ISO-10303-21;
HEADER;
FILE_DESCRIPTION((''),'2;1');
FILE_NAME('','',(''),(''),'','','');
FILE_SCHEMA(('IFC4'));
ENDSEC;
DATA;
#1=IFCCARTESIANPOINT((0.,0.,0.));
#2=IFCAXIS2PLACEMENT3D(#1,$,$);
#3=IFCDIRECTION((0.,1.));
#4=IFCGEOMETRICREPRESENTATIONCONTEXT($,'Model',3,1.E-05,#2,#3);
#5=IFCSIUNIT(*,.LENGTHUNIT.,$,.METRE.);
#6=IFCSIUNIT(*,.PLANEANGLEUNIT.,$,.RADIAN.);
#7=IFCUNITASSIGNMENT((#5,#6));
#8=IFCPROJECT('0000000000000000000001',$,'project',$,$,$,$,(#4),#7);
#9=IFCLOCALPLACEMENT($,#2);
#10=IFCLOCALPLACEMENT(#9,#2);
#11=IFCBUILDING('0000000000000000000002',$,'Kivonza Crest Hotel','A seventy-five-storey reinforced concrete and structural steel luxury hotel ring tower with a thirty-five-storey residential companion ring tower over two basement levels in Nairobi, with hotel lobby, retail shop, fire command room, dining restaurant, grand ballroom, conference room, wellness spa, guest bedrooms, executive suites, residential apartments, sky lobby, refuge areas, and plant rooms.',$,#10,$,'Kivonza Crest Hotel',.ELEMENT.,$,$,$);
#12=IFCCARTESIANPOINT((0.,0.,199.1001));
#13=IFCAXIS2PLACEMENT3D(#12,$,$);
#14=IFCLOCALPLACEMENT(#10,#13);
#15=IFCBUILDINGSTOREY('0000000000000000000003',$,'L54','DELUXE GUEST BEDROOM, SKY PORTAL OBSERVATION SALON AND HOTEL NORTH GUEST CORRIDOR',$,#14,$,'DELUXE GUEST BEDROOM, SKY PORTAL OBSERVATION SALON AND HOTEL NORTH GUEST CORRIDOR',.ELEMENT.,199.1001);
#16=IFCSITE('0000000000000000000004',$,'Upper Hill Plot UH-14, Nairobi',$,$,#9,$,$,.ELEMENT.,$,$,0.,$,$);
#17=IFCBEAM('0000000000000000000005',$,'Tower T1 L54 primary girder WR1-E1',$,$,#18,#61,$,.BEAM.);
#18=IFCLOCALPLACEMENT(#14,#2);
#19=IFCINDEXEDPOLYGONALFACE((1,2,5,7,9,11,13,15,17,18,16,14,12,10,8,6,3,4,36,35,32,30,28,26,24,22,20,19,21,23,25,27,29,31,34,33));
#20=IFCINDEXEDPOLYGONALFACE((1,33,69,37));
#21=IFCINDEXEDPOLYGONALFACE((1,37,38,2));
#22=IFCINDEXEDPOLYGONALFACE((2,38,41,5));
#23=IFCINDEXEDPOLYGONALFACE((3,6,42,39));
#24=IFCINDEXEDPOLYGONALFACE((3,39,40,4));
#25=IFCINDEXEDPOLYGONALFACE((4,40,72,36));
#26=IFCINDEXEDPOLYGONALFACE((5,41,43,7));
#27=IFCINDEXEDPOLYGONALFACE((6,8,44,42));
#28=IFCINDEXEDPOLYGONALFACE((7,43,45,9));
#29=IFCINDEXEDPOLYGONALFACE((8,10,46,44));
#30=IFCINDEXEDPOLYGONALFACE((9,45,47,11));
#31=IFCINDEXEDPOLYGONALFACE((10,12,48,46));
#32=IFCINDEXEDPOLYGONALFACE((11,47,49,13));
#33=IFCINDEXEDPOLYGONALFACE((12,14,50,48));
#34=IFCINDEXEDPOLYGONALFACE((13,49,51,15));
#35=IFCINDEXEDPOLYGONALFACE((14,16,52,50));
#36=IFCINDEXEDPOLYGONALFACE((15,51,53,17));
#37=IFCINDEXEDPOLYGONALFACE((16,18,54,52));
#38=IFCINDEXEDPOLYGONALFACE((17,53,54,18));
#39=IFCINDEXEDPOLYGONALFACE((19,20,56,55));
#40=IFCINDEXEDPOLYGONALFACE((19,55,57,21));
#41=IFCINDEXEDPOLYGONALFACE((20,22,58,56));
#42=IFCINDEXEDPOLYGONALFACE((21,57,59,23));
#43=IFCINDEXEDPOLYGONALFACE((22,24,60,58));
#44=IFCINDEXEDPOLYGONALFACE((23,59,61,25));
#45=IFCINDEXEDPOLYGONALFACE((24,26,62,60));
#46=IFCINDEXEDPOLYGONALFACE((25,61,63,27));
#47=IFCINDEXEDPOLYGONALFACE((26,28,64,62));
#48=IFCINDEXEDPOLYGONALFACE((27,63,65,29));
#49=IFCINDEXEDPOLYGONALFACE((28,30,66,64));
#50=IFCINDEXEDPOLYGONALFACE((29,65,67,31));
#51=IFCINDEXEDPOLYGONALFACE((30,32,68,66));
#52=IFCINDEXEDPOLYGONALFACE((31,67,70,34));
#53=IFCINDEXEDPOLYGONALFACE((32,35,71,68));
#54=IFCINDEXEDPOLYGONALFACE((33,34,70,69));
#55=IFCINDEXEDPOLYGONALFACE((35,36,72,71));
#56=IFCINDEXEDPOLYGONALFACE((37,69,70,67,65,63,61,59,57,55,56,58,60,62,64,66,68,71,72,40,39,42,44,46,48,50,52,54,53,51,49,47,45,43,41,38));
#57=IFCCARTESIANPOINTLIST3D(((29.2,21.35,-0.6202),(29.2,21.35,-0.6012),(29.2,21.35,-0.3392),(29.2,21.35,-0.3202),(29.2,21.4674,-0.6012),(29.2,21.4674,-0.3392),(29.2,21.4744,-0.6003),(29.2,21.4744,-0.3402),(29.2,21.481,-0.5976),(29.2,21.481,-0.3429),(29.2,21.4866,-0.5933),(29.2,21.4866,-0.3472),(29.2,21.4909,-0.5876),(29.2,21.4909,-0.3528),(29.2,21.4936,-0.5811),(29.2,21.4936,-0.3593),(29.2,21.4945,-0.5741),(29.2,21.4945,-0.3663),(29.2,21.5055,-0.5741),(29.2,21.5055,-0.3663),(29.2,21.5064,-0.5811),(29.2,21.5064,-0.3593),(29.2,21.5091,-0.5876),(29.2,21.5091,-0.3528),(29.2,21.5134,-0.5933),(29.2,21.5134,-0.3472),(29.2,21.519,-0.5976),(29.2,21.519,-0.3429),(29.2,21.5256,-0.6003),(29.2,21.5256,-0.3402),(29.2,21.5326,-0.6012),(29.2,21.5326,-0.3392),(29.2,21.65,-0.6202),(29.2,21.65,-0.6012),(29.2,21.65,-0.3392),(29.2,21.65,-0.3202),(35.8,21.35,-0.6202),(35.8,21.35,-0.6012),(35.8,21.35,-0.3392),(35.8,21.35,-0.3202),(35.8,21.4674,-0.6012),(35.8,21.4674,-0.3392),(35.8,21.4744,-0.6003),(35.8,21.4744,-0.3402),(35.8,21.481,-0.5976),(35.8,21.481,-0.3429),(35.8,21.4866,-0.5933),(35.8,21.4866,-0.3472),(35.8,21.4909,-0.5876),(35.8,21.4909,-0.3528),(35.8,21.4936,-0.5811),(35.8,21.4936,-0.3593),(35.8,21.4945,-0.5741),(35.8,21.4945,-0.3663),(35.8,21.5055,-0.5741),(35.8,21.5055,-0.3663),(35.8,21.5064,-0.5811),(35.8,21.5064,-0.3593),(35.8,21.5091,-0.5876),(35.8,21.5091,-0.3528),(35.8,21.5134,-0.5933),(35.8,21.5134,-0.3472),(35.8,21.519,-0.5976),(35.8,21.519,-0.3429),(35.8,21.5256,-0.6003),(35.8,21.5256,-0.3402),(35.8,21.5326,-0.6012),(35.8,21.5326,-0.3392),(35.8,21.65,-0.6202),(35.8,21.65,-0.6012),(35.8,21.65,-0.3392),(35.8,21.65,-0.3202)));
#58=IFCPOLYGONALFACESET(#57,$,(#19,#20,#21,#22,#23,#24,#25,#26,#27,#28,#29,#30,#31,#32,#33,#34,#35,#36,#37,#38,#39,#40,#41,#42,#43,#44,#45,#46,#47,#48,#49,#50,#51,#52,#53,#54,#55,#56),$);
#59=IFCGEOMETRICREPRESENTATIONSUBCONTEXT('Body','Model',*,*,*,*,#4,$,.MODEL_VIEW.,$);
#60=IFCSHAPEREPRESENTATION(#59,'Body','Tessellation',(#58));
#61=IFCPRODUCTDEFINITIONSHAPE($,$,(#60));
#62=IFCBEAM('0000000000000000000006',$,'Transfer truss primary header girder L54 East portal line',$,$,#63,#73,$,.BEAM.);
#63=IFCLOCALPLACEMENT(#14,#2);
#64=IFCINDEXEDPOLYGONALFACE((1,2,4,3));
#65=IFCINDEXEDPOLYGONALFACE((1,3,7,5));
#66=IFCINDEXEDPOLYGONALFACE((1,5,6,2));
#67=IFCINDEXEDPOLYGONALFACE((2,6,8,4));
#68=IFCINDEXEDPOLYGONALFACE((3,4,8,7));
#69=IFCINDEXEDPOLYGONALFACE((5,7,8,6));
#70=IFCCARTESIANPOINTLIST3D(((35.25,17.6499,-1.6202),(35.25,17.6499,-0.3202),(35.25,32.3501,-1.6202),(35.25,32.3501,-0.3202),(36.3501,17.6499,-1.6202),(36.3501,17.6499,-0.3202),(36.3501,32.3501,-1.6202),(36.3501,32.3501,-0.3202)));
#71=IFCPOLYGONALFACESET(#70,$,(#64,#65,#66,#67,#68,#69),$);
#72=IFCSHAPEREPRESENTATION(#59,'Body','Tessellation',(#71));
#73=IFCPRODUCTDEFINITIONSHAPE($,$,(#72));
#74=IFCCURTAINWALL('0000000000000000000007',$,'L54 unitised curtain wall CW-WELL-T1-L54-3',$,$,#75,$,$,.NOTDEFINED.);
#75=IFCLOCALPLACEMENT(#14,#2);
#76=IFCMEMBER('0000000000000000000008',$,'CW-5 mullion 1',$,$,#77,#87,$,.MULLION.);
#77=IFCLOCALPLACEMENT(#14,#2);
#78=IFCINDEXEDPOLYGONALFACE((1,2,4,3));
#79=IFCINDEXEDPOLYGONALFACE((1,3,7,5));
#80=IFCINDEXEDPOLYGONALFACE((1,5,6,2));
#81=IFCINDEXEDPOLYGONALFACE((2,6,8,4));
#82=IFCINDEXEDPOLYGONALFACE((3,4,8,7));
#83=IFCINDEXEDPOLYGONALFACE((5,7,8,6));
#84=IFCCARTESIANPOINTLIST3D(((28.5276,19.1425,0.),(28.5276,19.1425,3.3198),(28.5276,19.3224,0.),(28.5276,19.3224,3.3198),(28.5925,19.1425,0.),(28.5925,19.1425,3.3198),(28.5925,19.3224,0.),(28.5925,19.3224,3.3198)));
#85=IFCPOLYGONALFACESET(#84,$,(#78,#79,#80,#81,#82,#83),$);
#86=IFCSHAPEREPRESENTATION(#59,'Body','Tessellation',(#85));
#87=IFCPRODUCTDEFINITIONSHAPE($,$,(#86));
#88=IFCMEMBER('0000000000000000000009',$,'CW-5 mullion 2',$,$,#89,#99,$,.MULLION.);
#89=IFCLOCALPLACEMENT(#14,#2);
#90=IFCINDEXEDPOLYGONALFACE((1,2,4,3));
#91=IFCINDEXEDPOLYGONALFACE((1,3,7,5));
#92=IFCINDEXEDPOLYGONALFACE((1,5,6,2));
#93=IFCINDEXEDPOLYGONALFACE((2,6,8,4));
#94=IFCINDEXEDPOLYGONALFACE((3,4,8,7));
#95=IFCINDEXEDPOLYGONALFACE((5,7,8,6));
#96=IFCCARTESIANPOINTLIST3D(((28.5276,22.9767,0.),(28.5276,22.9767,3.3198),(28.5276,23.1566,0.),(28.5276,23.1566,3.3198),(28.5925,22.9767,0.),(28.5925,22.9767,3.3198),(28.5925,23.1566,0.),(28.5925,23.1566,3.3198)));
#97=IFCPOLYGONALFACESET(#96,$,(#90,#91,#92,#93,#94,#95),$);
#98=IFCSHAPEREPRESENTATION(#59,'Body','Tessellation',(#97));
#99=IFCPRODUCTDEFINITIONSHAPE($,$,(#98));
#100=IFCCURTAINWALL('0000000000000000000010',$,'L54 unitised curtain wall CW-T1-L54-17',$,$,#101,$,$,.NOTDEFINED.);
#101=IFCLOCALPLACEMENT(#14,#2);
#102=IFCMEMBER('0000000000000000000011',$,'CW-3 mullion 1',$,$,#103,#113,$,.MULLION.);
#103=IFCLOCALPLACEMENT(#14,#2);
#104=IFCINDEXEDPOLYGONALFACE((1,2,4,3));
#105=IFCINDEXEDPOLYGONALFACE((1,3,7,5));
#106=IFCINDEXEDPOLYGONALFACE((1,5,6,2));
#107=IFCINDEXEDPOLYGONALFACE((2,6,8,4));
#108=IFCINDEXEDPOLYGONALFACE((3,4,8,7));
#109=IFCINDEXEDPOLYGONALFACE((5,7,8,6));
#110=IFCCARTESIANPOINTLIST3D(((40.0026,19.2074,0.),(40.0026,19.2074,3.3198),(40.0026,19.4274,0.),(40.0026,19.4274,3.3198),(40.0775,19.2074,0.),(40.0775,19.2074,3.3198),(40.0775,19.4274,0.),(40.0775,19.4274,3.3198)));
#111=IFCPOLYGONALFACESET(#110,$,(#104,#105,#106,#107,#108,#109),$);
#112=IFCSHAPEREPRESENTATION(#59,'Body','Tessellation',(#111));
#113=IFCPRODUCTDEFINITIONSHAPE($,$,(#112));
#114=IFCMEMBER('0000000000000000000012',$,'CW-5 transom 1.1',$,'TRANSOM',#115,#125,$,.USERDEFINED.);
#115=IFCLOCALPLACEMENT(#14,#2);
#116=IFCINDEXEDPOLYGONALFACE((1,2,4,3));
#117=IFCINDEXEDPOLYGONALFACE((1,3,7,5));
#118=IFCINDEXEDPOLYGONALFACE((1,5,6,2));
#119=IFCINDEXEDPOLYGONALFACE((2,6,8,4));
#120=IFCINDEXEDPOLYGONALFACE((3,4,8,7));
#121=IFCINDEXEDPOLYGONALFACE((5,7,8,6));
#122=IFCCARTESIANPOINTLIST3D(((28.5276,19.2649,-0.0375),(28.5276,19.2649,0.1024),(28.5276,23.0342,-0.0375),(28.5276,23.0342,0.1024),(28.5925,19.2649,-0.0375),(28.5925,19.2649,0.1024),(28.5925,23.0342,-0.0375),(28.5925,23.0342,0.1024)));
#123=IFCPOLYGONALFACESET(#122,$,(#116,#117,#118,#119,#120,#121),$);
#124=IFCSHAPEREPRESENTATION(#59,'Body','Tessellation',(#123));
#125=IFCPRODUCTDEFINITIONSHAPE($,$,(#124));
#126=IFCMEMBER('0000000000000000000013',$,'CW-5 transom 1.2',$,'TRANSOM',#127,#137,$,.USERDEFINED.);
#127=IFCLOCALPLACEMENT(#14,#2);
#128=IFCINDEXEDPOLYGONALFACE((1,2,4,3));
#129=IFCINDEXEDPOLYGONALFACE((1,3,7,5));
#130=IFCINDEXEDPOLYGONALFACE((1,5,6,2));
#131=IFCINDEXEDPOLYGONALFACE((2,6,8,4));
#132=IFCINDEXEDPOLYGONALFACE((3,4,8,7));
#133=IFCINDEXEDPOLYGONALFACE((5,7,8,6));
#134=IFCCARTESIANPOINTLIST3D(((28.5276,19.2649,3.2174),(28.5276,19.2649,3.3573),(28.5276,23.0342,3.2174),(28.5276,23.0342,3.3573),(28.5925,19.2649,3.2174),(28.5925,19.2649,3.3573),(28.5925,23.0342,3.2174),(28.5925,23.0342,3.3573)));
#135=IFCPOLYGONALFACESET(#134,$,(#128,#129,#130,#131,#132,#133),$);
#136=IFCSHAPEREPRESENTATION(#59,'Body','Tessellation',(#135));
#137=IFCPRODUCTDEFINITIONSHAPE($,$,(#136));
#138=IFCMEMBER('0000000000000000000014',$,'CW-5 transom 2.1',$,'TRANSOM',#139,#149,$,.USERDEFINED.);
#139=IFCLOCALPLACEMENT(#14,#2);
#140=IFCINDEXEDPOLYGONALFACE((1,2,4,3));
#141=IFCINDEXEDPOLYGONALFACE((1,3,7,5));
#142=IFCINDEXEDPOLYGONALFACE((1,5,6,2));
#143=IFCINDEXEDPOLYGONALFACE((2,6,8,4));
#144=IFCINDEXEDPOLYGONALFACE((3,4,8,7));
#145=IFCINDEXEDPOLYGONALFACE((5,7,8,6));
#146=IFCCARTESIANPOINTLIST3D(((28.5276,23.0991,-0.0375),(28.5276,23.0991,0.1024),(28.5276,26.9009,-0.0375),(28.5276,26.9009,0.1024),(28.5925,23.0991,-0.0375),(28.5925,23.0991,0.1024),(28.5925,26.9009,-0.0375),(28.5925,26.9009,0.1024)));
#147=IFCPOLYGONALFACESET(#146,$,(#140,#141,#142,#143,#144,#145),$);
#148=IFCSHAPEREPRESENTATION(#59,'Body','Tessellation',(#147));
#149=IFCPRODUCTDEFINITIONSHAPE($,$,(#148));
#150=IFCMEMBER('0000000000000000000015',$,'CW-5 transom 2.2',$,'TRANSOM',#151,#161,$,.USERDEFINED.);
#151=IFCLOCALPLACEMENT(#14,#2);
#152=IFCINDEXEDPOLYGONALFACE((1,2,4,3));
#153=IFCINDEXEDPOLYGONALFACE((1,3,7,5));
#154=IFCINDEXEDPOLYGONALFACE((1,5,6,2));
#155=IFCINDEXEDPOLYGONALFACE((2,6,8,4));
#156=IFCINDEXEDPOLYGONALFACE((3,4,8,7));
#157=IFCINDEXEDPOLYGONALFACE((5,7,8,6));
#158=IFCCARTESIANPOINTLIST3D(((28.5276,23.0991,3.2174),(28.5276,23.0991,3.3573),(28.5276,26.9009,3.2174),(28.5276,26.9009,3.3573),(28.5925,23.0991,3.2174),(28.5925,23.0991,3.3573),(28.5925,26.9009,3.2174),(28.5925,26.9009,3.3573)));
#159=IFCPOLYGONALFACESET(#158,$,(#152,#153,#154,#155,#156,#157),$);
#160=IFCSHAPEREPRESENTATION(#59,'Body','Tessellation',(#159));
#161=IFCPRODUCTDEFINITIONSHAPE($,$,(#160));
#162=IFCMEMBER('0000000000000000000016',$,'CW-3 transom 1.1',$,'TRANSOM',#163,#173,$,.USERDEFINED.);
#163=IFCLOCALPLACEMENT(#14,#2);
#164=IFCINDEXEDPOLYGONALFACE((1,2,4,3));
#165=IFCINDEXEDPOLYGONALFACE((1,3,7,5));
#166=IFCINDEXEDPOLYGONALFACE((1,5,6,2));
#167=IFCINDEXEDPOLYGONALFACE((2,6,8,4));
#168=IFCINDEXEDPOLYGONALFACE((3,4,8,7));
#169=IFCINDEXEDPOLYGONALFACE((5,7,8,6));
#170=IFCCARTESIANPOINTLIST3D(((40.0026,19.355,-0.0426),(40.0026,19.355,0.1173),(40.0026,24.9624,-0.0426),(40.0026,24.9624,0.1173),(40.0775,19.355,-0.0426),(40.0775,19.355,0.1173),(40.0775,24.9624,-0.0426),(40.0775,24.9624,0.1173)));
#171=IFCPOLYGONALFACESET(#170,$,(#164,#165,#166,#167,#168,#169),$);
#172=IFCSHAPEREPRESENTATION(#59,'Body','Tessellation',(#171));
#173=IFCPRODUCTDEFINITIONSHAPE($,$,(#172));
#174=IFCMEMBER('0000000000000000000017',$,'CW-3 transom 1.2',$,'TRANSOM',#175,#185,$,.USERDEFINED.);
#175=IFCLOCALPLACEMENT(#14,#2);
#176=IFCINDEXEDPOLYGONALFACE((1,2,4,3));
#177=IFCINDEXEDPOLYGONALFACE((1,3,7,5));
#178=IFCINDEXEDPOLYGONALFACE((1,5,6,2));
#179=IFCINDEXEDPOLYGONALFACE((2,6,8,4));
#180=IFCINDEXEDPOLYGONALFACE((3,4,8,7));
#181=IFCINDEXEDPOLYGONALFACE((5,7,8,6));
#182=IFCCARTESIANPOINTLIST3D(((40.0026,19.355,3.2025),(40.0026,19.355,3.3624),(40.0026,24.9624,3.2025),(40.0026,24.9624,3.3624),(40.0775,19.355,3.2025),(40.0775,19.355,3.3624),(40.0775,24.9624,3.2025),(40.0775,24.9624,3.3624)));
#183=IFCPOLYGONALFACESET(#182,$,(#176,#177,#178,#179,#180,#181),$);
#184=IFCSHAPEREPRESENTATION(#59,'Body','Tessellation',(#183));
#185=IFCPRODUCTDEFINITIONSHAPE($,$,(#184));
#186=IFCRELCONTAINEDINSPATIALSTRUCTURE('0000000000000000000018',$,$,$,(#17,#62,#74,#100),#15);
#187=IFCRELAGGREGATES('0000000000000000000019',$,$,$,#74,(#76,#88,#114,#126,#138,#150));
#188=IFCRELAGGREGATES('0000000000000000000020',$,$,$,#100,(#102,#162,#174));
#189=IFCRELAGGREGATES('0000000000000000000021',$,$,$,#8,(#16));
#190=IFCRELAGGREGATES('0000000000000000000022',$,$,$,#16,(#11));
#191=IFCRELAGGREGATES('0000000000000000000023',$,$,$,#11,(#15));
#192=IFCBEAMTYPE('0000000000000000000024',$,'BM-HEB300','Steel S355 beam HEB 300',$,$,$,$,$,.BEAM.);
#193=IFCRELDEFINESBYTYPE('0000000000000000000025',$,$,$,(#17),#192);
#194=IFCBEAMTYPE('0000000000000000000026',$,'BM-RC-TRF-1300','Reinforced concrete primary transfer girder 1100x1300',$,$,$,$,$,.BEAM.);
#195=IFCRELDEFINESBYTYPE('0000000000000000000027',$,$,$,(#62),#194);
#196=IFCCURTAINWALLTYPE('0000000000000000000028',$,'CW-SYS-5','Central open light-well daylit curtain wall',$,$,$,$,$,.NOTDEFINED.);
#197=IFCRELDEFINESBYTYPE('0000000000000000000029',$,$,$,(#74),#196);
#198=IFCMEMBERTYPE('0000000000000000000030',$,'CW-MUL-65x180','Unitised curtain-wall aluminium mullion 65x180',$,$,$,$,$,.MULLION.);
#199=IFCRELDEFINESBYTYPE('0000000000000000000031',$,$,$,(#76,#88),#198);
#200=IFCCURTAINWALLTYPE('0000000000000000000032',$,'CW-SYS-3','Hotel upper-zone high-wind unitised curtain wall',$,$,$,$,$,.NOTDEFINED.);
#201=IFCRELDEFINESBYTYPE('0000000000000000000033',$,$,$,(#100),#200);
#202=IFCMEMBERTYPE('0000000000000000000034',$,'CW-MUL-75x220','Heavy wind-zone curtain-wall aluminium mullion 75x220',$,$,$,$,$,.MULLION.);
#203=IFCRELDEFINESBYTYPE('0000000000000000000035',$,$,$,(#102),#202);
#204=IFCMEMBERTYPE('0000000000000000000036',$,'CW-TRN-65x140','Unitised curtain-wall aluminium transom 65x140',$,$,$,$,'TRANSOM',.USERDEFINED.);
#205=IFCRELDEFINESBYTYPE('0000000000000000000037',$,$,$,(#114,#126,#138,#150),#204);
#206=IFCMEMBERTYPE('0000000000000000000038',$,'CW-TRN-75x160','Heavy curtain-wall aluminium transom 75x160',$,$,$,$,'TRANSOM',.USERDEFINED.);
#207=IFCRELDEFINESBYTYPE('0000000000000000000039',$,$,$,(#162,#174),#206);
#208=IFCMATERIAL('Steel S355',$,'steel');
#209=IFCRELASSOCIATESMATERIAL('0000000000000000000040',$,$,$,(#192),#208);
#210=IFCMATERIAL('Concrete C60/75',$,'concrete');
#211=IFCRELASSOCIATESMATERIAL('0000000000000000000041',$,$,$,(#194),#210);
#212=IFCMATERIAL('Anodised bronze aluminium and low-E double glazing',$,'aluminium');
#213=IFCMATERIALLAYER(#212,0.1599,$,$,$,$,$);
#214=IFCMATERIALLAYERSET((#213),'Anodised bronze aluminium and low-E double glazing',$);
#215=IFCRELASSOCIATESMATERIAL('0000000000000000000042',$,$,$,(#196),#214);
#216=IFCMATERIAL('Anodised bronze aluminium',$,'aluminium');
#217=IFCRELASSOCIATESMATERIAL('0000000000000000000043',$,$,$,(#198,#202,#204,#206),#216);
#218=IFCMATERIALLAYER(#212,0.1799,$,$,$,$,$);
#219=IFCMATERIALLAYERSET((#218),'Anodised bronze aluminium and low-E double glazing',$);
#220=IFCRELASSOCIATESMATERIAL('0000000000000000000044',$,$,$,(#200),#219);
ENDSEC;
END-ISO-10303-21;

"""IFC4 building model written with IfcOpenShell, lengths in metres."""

from ifc_helpers import new_model, si_unit, direction, frame, origin, origin_2d, place, context, subcontext, project, spatial, rectangle, i_section, extrude, material, layer, layer_set, material_profile, profile_set, type_object, element, aggregate, save


model = new_model("IFC4")

# Units and contexts
model_context = context("Model", 3, precision=1e-05, world=origin(), true_north=direction((0.0, 1.0)))
body_context = subcontext(model_context, "Body", "Model", "MODEL_VIEW")
ifc_project = project(units=[si_unit("LENGTHUNIT", "METRE"), si_unit("PLANEANGLEUNIT", "RADIAN")], contexts=[model_context])

# Site, building, storey
site_placement = place(None, origin())
site = spatial("IfcSite", under=ifc_project, at=site_placement, Name="Upper Hill Plot UH-14, Nairobi", CompositionType="ELEMENT", RefElevation=0.0)
building_placement = place(site_placement, origin())
building = spatial("IfcBuilding", under=site, at=building_placement, Name="Kivonza Crest Hotel", Description="A seventy-five-storey reinforced concrete and structural steel luxury hotel ring tower with a thirty-five-storey residential companion ring tower over two basement levels in Nairobi, with hotel lobby, retail shop, fire command room, dining restaurant, grand ballroom, conference room, wellness spa, guest bedrooms, executive suites, residential apartments, sky lobby, refuge areas, and plant rooms.", LongName="Kivonza Crest Hotel", CompositionType="ELEMENT")
storey_placement = place(building_placement, frame((0.0, 0.0, 199.1001)))
storey = spatial("IfcBuildingStorey", under=building, at=storey_placement, Name="L54", Description="DELUXE GUEST BEDROOM, SKY PORTAL OBSERVATION SALON AND HOTEL NORTH GUEST CORRIDOR", LongName="DELUXE GUEST BEDROOM, SKY PORTAL OBSERVATION SALON AND HOTEL NORTH GUEST CORRIDOR", CompositionType="ELEMENT", Elevation=199.1001)

# Shared definitions
ifc_material_1 = material(Name="Steel S355", Category="steel")

# Beams
ifc_material_profile_1 = material_profile(ifc_material_1, i_section(OverallWidth=0.3, OverallDepth=0.3, WebThickness=0.011, FlangeThickness=0.019, FilletRadius=0.0271, at=origin_2d()), Name="HEB 300")
ifc_profile_set_1 = profile_set([ifc_material_profile_1], Name="Steel S355")
beam_type_1 = type_object("IfcBeamType", Name="BM-HEB300", Description="Steel S355 beam HEB 300", PredefinedType="BEAM", material=ifc_profile_set_1)
beam_1_placement = place(storey_placement, frame((29.2, 21.5, -0.4702), z_axis=(1.0, 0.0, 0.0), x_axis=(0.0, 1.0, 0.0)))
element("IfcBeam", 1, at=beam_1_placement, inside=storey, type_object=beam_type_1, Name="Tower T1 L54 primary girder WR1-E1", PredefinedType="BEAM", context=body_context, shape_type="SweptSolid", body=[
    extrude(i_section(OverallWidth=0.3, OverallDepth=0.3, WebThickness=0.011, FlangeThickness=0.019, FilletRadius=0.0271, at=origin_2d()), origin(), (0.0, 0.0, 1.0), 6.6001),
])
ifc_material_2 = material(Name="Concrete C60/75", Category="concrete")
ifc_material_profile_2 = material_profile(ifc_material_2, rectangle(XDim=1.1001, YDim=1.3, at=origin_2d()), Name="RC 1300x1100")
ifc_profile_set_2 = profile_set([ifc_material_profile_2], Name="Concrete C60/75")
beam_type_2 = type_object("IfcBeamType", Name="BM-RC-TRF-1300", Description="Reinforced concrete primary transfer girder 1100x1300", PredefinedType="BEAM", material=ifc_profile_set_2)
beam_2_placement = place(storey_placement, frame((35.8, 17.6499, -0.9702), z_axis=(0.0, 1.0, 0.0), x_axis=(-1.0, 0.0, 0.0)))
element("IfcBeam", 2, at=beam_2_placement, inside=storey, type_object=beam_type_2, Name="Transfer truss primary header girder L54 East portal line", PredefinedType="BEAM", context=body_context, shape_type="SweptSolid", body=[
    extrude(rectangle(XDim=1.1001, YDim=1.3, at=origin_2d()), origin(), (0.0, 0.0, 1.0), 14.7002),
])

# Curtain wall, members
ifc_material_3 = material(Name="Anodised bronze aluminium and low-E double glazing", Category="aluminium")
ifc_layer_1 = layer(ifc_material_3, 0.1599)
ifc_layer_set_1 = layer_set([ifc_layer_1], Name="Anodised bronze aluminium and low-E double glazing")
curtain_wall_type_1 = type_object("IfcCurtainWallType", Name="CW-SYS-5", Description="Central open light-well daylit curtain wall", PredefinedType="NOTDEFINED", material=ifc_layer_set_1)
curtain_wall_1_placement = place(storey_placement, origin())
curtain_wall_1 = element("IfcCurtainWall", 3, at=curtain_wall_1_placement, inside=storey, type_object=curtain_wall_type_1, Name="L54 unitised curtain wall CW-WELL-T1-L54-3", PredefinedType="NOTDEFINED")
ifc_material_4 = material(Name="Anodised bronze aluminium", Category="aluminium")
ifc_material_profile_3 = material_profile(ifc_material_4, rectangle(XDim=0.0649, YDim=0.1799, at=origin_2d()), Name="CW-M 65x180")
ifc_profile_set_3 = profile_set([ifc_material_profile_3], Name="Anodised bronze aluminium")
member_type_1 = type_object("IfcMemberType", Name="CW-MUL-65x180", Description="Unitised curtain-wall aluminium mullion 65x180", PredefinedType="MULLION", material=ifc_profile_set_3)
member_1_placement = place(storey_placement, frame((28.5601, 19.2324, 0.0), z_axis=(0.0, 0.0, 1.0), x_axis=(-1.0, 0.0, 0.0)))
member_1 = element("IfcMember", 4, at=member_1_placement, type_object=member_type_1, Name="CW-5 mullion 1", PredefinedType="MULLION", context=body_context, shape_type="SweptSolid", body=[
    extrude(rectangle(XDim=0.0649, YDim=0.1799, at=origin_2d()), origin(), (0.0, 0.0, 1.0), 3.3198),
])
member_2_placement = place(storey_placement, frame((28.5601, 23.0667, 0.0), z_axis=(0.0, 0.0, 1.0), x_axis=(-1.0, 0.0, 0.0)))
member_2 = element("IfcMember", 5, at=member_2_placement, type_object=member_type_1, Name="CW-5 mullion 2", PredefinedType="MULLION", context=body_context, shape_type="SweptSolid", body=[
    extrude(rectangle(XDim=0.0649, YDim=0.1799, at=origin_2d()), origin(), (0.0, 0.0, 1.0), 3.3198),
])

# Curtain wall, member
ifc_layer_2 = layer(ifc_material_3, 0.1799)
ifc_layer_set_2 = layer_set([ifc_layer_2], Name="Anodised bronze aluminium and low-E double glazing")
curtain_wall_type_2 = type_object("IfcCurtainWallType", Name="CW-SYS-3", Description="Hotel upper-zone high-wind unitised curtain wall", PredefinedType="NOTDEFINED", material=ifc_layer_set_2)
curtain_wall_2_placement = place(storey_placement, origin())
curtain_wall_2 = element("IfcCurtainWall", 6, at=curtain_wall_2_placement, inside=storey, type_object=curtain_wall_type_2, Name="L54 unitised curtain wall CW-T1-L54-17", PredefinedType="NOTDEFINED")
ifc_material_profile_4 = material_profile(ifc_material_4, rectangle(XDim=0.075, YDim=0.22, at=origin_2d()), Name="CW-M 75x220")
ifc_profile_set_4 = profile_set([ifc_material_profile_4], Name="Anodised bronze aluminium")
member_type_2 = type_object("IfcMemberType", Name="CW-MUL-75x220", Description="Heavy wind-zone curtain-wall aluminium mullion 75x220", PredefinedType="MULLION", material=ifc_profile_set_4)
member_3_placement = place(storey_placement, frame((40.04, 19.3174, 0.0), z_axis=(0.0, 0.0, 1.0), x_axis=(-1.0, 0.0, 0.0)))
member_3 = element("IfcMember", 7, at=member_3_placement, type_object=member_type_2, Name="CW-3 mullion 1", PredefinedType="MULLION", context=body_context, shape_type="SweptSolid", body=[
    extrude(rectangle(XDim=0.075, YDim=0.22, at=origin_2d()), origin(), (0.0, 0.0, 1.0), 3.3198),
])

# Members
ifc_material_profile_5 = material_profile(ifc_material_4, rectangle(XDim=0.0649, YDim=0.1399, at=origin_2d()), Name="CW-T 65x140")
ifc_profile_set_5 = profile_set([ifc_material_profile_5], Name="Anodised bronze aluminium")
member_type_3 = type_object("IfcMemberType", Name="CW-TRN-65x140", Description="Unitised curtain-wall aluminium transom 65x140", ElementType="TRANSOM", PredefinedType="USERDEFINED", material=ifc_profile_set_5)
member_4_placement = place(storey_placement, frame((28.5601, 19.2649, 0.0325), z_axis=(0.0, 1.0, 0.0), x_axis=(-1.0, 0.0, 0.0)))
member_4 = element("IfcMember", 8, at=member_4_placement, type_object=member_type_3, Name="CW-5 transom 1.1", ObjectType="TRANSOM", PredefinedType="USERDEFINED", context=body_context, shape_type="SweptSolid", body=[
    extrude(rectangle(XDim=0.0649, YDim=0.1399, at=origin_2d()), origin(), (0.0, 0.0, 1.0), 3.7693),
])
member_5_placement = place(storey_placement, frame((28.5601, 19.2649, 3.2874), z_axis=(0.0, 1.0, 0.0), x_axis=(-1.0, 0.0, 0.0)))
member_5 = element("IfcMember", 9, at=member_5_placement, type_object=member_type_3, Name="CW-5 transom 1.2", ObjectType="TRANSOM", PredefinedType="USERDEFINED", context=body_context, shape_type="SweptSolid", body=[
    extrude(rectangle(XDim=0.0649, YDim=0.1399, at=origin_2d()), origin(), (0.0, 0.0, 1.0), 3.7693),
])
member_6_placement = place(storey_placement, frame((28.5601, 23.0991, 0.0325), z_axis=(0.0, 1.0, 0.0), x_axis=(-1.0, 0.0, 0.0)))
member_6 = element("IfcMember", 10, at=member_6_placement, type_object=member_type_3, Name="CW-5 transom 2.1", ObjectType="TRANSOM", PredefinedType="USERDEFINED", context=body_context, shape_type="SweptSolid", body=[
    extrude(rectangle(XDim=0.0649, YDim=0.1399, at=origin_2d()), origin(), (0.0, 0.0, 1.0), 3.8018),
])
member_7_placement = place(storey_placement, frame((28.5601, 23.0991, 3.2874), z_axis=(0.0, 1.0, 0.0), x_axis=(-1.0, 0.0, 0.0)))
member_7 = element("IfcMember", 11, at=member_7_placement, type_object=member_type_3, Name="CW-5 transom 2.2", ObjectType="TRANSOM", PredefinedType="USERDEFINED", context=body_context, shape_type="SweptSolid", body=[
    extrude(rectangle(XDim=0.0649, YDim=0.1399, at=origin_2d()), origin(), (0.0, 0.0, 1.0), 3.8018),
])
ifc_material_profile_6 = material_profile(ifc_material_4, rectangle(XDim=0.075, YDim=0.1599, at=origin_2d()), Name="CW-T 75x160")
ifc_profile_set_6 = profile_set([ifc_material_profile_6], Name="Anodised bronze aluminium")
member_type_4 = type_object("IfcMemberType", Name="CW-TRN-75x160", Description="Heavy curtain-wall aluminium transom 75x160", ElementType="TRANSOM", PredefinedType="USERDEFINED", material=ifc_profile_set_6)
member_8_placement = place(storey_placement, frame((40.04, 19.355, 0.0374), z_axis=(0.0, 1.0, 0.0), x_axis=(-1.0, 0.0, 0.0)))
member_8 = element("IfcMember", 12, at=member_8_placement, type_object=member_type_4, Name="CW-3 transom 1.1", ObjectType="TRANSOM", PredefinedType="USERDEFINED", context=body_context, shape_type="SweptSolid", body=[
    extrude(rectangle(XDim=0.075, YDim=0.1599, at=origin_2d()), origin(), (0.0, 0.0, 1.0), 5.6074),
])
member_9_placement = place(storey_placement, frame((40.04, 19.355, 3.2825), z_axis=(0.0, 1.0, 0.0), x_axis=(-1.0, 0.0, 0.0)))
member_9 = element("IfcMember", 13, at=member_9_placement, type_object=member_type_4, Name="CW-3 transom 1.2", ObjectType="TRANSOM", PredefinedType="USERDEFINED", context=body_context, shape_type="SweptSolid", body=[
    extrude(rectangle(XDim=0.075, YDim=0.1599, at=origin_2d()), origin(), (0.0, 0.0, 1.0), 5.6074),
])

aggregate(curtain_wall_1, [member_1, member_2, member_4, member_5, member_6, member_7])
aggregate(curtain_wall_2, [member_3, member_8, member_9])

save(model, "model.ifc")
